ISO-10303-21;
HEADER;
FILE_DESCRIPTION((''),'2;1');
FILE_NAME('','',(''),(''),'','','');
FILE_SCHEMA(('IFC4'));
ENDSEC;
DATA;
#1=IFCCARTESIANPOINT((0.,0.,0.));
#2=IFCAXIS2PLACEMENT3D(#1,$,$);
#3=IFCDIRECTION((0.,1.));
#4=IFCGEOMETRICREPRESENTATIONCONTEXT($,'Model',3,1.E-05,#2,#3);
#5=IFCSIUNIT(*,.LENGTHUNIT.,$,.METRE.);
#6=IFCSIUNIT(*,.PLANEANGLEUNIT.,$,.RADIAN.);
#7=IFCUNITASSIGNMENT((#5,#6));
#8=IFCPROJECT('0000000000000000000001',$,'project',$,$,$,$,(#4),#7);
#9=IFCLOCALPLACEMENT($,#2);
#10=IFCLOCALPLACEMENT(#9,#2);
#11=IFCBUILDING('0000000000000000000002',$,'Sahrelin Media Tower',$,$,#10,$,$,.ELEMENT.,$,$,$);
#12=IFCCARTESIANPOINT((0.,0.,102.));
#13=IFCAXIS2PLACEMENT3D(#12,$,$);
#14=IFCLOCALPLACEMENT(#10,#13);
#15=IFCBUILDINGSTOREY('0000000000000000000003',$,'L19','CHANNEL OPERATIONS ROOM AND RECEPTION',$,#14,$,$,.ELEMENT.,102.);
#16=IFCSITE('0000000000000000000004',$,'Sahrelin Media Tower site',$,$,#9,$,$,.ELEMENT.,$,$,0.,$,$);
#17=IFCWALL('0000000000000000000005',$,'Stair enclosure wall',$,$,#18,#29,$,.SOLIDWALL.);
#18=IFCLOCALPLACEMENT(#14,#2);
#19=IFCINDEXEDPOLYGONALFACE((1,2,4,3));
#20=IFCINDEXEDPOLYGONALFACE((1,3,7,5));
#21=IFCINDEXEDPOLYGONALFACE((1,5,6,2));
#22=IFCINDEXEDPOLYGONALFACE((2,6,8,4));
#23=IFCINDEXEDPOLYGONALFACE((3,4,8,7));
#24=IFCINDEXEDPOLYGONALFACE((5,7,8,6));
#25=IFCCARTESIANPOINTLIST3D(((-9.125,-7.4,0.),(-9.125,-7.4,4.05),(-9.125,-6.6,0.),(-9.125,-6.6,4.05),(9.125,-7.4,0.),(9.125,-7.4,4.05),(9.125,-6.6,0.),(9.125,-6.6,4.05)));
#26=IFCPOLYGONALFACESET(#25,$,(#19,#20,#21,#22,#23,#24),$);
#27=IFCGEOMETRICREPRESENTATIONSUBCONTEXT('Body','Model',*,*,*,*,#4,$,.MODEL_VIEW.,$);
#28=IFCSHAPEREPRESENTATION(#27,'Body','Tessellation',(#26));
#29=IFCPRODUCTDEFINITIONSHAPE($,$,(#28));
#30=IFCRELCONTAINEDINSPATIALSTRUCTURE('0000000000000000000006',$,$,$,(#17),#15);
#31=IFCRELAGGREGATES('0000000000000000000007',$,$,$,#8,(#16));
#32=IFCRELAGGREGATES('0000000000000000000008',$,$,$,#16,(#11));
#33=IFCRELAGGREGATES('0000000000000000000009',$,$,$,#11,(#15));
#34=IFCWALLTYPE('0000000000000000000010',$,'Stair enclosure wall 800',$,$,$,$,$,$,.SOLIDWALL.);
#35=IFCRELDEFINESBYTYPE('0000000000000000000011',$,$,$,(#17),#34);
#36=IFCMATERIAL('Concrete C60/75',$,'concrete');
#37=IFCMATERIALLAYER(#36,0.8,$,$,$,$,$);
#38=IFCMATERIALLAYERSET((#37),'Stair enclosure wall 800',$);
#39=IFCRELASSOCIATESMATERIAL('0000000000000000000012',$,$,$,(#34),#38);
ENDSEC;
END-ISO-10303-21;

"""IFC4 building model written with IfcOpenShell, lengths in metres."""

from ifc_helpers import new_model, si_unit, direction, frame, frame_2d, origin, place, context, subcontext, project, spatial, rectangle, extrude, material, layer, layer_set, type_object, element, save


model = new_model("IFC4")

# Units and contexts
model_context = context("Model", 3, precision=1e-05, world=origin(), true_north=direction((0.0, 1.0)))
body_context = subcontext(model_context, "Body", "Model", "MODEL_VIEW")
ifc_project = project(units=[si_unit("LENGTHUNIT", "METRE"), si_unit("PLANEANGLEUNIT", "RADIAN")], contexts=[model_context])

# Site, building, storey
site_placement = place(None, origin())
site = spatial("IfcSite", under=ifc_project, at=site_placement, Name="Sahrelin Media Tower site", CompositionType="ELEMENT", RefElevation=0.0)
building_placement = place(site_placement, origin())
building = spatial("IfcBuilding", under=site, at=building_placement, Name="Sahrelin Media Tower", CompositionType="ELEMENT")
storey_placement = place(building_placement, frame((0.0, 0.0, 102.0)))
storey = spatial("IfcBuildingStorey", under=building, at=storey_placement, Name="L19", Description="CHANNEL OPERATIONS ROOM AND RECEPTION", CompositionType="ELEMENT", Elevation=102.0)

# Shared definitions
ifc_material_1 = material(Name="Concrete C60/75", Category="concrete")

# Wall
ifc_layer_1 = layer(ifc_material_1, 0.8)
ifc_layer_set_1 = layer_set([ifc_layer_1], Name="Stair enclosure wall 800")
wall_type_1 = type_object("IfcWallType", Name="Stair enclosure wall 800", PredefinedType="SOLIDWALL", material=ifc_layer_set_1)
wall_1_placement = place(storey_placement, frame((-9.125, -7.0, 0.0), z_axis=(0.0, 0.0, 1.0), x_axis=(1.0, 0.0, 0.0)))
element("IfcWall", 1, at=wall_1_placement, inside=storey, type_object=wall_type_1, Name="Stair enclosure wall", PredefinedType="SOLIDWALL", context=body_context, shape_type="SweptSolid", body=[
    extrude(rectangle(XDim=18.25, YDim=0.8, at=frame_2d((9.125, 0.0))), origin(), (0.0, 0.0, 1.0), 4.05),
])

save(model, "model.ifc")
